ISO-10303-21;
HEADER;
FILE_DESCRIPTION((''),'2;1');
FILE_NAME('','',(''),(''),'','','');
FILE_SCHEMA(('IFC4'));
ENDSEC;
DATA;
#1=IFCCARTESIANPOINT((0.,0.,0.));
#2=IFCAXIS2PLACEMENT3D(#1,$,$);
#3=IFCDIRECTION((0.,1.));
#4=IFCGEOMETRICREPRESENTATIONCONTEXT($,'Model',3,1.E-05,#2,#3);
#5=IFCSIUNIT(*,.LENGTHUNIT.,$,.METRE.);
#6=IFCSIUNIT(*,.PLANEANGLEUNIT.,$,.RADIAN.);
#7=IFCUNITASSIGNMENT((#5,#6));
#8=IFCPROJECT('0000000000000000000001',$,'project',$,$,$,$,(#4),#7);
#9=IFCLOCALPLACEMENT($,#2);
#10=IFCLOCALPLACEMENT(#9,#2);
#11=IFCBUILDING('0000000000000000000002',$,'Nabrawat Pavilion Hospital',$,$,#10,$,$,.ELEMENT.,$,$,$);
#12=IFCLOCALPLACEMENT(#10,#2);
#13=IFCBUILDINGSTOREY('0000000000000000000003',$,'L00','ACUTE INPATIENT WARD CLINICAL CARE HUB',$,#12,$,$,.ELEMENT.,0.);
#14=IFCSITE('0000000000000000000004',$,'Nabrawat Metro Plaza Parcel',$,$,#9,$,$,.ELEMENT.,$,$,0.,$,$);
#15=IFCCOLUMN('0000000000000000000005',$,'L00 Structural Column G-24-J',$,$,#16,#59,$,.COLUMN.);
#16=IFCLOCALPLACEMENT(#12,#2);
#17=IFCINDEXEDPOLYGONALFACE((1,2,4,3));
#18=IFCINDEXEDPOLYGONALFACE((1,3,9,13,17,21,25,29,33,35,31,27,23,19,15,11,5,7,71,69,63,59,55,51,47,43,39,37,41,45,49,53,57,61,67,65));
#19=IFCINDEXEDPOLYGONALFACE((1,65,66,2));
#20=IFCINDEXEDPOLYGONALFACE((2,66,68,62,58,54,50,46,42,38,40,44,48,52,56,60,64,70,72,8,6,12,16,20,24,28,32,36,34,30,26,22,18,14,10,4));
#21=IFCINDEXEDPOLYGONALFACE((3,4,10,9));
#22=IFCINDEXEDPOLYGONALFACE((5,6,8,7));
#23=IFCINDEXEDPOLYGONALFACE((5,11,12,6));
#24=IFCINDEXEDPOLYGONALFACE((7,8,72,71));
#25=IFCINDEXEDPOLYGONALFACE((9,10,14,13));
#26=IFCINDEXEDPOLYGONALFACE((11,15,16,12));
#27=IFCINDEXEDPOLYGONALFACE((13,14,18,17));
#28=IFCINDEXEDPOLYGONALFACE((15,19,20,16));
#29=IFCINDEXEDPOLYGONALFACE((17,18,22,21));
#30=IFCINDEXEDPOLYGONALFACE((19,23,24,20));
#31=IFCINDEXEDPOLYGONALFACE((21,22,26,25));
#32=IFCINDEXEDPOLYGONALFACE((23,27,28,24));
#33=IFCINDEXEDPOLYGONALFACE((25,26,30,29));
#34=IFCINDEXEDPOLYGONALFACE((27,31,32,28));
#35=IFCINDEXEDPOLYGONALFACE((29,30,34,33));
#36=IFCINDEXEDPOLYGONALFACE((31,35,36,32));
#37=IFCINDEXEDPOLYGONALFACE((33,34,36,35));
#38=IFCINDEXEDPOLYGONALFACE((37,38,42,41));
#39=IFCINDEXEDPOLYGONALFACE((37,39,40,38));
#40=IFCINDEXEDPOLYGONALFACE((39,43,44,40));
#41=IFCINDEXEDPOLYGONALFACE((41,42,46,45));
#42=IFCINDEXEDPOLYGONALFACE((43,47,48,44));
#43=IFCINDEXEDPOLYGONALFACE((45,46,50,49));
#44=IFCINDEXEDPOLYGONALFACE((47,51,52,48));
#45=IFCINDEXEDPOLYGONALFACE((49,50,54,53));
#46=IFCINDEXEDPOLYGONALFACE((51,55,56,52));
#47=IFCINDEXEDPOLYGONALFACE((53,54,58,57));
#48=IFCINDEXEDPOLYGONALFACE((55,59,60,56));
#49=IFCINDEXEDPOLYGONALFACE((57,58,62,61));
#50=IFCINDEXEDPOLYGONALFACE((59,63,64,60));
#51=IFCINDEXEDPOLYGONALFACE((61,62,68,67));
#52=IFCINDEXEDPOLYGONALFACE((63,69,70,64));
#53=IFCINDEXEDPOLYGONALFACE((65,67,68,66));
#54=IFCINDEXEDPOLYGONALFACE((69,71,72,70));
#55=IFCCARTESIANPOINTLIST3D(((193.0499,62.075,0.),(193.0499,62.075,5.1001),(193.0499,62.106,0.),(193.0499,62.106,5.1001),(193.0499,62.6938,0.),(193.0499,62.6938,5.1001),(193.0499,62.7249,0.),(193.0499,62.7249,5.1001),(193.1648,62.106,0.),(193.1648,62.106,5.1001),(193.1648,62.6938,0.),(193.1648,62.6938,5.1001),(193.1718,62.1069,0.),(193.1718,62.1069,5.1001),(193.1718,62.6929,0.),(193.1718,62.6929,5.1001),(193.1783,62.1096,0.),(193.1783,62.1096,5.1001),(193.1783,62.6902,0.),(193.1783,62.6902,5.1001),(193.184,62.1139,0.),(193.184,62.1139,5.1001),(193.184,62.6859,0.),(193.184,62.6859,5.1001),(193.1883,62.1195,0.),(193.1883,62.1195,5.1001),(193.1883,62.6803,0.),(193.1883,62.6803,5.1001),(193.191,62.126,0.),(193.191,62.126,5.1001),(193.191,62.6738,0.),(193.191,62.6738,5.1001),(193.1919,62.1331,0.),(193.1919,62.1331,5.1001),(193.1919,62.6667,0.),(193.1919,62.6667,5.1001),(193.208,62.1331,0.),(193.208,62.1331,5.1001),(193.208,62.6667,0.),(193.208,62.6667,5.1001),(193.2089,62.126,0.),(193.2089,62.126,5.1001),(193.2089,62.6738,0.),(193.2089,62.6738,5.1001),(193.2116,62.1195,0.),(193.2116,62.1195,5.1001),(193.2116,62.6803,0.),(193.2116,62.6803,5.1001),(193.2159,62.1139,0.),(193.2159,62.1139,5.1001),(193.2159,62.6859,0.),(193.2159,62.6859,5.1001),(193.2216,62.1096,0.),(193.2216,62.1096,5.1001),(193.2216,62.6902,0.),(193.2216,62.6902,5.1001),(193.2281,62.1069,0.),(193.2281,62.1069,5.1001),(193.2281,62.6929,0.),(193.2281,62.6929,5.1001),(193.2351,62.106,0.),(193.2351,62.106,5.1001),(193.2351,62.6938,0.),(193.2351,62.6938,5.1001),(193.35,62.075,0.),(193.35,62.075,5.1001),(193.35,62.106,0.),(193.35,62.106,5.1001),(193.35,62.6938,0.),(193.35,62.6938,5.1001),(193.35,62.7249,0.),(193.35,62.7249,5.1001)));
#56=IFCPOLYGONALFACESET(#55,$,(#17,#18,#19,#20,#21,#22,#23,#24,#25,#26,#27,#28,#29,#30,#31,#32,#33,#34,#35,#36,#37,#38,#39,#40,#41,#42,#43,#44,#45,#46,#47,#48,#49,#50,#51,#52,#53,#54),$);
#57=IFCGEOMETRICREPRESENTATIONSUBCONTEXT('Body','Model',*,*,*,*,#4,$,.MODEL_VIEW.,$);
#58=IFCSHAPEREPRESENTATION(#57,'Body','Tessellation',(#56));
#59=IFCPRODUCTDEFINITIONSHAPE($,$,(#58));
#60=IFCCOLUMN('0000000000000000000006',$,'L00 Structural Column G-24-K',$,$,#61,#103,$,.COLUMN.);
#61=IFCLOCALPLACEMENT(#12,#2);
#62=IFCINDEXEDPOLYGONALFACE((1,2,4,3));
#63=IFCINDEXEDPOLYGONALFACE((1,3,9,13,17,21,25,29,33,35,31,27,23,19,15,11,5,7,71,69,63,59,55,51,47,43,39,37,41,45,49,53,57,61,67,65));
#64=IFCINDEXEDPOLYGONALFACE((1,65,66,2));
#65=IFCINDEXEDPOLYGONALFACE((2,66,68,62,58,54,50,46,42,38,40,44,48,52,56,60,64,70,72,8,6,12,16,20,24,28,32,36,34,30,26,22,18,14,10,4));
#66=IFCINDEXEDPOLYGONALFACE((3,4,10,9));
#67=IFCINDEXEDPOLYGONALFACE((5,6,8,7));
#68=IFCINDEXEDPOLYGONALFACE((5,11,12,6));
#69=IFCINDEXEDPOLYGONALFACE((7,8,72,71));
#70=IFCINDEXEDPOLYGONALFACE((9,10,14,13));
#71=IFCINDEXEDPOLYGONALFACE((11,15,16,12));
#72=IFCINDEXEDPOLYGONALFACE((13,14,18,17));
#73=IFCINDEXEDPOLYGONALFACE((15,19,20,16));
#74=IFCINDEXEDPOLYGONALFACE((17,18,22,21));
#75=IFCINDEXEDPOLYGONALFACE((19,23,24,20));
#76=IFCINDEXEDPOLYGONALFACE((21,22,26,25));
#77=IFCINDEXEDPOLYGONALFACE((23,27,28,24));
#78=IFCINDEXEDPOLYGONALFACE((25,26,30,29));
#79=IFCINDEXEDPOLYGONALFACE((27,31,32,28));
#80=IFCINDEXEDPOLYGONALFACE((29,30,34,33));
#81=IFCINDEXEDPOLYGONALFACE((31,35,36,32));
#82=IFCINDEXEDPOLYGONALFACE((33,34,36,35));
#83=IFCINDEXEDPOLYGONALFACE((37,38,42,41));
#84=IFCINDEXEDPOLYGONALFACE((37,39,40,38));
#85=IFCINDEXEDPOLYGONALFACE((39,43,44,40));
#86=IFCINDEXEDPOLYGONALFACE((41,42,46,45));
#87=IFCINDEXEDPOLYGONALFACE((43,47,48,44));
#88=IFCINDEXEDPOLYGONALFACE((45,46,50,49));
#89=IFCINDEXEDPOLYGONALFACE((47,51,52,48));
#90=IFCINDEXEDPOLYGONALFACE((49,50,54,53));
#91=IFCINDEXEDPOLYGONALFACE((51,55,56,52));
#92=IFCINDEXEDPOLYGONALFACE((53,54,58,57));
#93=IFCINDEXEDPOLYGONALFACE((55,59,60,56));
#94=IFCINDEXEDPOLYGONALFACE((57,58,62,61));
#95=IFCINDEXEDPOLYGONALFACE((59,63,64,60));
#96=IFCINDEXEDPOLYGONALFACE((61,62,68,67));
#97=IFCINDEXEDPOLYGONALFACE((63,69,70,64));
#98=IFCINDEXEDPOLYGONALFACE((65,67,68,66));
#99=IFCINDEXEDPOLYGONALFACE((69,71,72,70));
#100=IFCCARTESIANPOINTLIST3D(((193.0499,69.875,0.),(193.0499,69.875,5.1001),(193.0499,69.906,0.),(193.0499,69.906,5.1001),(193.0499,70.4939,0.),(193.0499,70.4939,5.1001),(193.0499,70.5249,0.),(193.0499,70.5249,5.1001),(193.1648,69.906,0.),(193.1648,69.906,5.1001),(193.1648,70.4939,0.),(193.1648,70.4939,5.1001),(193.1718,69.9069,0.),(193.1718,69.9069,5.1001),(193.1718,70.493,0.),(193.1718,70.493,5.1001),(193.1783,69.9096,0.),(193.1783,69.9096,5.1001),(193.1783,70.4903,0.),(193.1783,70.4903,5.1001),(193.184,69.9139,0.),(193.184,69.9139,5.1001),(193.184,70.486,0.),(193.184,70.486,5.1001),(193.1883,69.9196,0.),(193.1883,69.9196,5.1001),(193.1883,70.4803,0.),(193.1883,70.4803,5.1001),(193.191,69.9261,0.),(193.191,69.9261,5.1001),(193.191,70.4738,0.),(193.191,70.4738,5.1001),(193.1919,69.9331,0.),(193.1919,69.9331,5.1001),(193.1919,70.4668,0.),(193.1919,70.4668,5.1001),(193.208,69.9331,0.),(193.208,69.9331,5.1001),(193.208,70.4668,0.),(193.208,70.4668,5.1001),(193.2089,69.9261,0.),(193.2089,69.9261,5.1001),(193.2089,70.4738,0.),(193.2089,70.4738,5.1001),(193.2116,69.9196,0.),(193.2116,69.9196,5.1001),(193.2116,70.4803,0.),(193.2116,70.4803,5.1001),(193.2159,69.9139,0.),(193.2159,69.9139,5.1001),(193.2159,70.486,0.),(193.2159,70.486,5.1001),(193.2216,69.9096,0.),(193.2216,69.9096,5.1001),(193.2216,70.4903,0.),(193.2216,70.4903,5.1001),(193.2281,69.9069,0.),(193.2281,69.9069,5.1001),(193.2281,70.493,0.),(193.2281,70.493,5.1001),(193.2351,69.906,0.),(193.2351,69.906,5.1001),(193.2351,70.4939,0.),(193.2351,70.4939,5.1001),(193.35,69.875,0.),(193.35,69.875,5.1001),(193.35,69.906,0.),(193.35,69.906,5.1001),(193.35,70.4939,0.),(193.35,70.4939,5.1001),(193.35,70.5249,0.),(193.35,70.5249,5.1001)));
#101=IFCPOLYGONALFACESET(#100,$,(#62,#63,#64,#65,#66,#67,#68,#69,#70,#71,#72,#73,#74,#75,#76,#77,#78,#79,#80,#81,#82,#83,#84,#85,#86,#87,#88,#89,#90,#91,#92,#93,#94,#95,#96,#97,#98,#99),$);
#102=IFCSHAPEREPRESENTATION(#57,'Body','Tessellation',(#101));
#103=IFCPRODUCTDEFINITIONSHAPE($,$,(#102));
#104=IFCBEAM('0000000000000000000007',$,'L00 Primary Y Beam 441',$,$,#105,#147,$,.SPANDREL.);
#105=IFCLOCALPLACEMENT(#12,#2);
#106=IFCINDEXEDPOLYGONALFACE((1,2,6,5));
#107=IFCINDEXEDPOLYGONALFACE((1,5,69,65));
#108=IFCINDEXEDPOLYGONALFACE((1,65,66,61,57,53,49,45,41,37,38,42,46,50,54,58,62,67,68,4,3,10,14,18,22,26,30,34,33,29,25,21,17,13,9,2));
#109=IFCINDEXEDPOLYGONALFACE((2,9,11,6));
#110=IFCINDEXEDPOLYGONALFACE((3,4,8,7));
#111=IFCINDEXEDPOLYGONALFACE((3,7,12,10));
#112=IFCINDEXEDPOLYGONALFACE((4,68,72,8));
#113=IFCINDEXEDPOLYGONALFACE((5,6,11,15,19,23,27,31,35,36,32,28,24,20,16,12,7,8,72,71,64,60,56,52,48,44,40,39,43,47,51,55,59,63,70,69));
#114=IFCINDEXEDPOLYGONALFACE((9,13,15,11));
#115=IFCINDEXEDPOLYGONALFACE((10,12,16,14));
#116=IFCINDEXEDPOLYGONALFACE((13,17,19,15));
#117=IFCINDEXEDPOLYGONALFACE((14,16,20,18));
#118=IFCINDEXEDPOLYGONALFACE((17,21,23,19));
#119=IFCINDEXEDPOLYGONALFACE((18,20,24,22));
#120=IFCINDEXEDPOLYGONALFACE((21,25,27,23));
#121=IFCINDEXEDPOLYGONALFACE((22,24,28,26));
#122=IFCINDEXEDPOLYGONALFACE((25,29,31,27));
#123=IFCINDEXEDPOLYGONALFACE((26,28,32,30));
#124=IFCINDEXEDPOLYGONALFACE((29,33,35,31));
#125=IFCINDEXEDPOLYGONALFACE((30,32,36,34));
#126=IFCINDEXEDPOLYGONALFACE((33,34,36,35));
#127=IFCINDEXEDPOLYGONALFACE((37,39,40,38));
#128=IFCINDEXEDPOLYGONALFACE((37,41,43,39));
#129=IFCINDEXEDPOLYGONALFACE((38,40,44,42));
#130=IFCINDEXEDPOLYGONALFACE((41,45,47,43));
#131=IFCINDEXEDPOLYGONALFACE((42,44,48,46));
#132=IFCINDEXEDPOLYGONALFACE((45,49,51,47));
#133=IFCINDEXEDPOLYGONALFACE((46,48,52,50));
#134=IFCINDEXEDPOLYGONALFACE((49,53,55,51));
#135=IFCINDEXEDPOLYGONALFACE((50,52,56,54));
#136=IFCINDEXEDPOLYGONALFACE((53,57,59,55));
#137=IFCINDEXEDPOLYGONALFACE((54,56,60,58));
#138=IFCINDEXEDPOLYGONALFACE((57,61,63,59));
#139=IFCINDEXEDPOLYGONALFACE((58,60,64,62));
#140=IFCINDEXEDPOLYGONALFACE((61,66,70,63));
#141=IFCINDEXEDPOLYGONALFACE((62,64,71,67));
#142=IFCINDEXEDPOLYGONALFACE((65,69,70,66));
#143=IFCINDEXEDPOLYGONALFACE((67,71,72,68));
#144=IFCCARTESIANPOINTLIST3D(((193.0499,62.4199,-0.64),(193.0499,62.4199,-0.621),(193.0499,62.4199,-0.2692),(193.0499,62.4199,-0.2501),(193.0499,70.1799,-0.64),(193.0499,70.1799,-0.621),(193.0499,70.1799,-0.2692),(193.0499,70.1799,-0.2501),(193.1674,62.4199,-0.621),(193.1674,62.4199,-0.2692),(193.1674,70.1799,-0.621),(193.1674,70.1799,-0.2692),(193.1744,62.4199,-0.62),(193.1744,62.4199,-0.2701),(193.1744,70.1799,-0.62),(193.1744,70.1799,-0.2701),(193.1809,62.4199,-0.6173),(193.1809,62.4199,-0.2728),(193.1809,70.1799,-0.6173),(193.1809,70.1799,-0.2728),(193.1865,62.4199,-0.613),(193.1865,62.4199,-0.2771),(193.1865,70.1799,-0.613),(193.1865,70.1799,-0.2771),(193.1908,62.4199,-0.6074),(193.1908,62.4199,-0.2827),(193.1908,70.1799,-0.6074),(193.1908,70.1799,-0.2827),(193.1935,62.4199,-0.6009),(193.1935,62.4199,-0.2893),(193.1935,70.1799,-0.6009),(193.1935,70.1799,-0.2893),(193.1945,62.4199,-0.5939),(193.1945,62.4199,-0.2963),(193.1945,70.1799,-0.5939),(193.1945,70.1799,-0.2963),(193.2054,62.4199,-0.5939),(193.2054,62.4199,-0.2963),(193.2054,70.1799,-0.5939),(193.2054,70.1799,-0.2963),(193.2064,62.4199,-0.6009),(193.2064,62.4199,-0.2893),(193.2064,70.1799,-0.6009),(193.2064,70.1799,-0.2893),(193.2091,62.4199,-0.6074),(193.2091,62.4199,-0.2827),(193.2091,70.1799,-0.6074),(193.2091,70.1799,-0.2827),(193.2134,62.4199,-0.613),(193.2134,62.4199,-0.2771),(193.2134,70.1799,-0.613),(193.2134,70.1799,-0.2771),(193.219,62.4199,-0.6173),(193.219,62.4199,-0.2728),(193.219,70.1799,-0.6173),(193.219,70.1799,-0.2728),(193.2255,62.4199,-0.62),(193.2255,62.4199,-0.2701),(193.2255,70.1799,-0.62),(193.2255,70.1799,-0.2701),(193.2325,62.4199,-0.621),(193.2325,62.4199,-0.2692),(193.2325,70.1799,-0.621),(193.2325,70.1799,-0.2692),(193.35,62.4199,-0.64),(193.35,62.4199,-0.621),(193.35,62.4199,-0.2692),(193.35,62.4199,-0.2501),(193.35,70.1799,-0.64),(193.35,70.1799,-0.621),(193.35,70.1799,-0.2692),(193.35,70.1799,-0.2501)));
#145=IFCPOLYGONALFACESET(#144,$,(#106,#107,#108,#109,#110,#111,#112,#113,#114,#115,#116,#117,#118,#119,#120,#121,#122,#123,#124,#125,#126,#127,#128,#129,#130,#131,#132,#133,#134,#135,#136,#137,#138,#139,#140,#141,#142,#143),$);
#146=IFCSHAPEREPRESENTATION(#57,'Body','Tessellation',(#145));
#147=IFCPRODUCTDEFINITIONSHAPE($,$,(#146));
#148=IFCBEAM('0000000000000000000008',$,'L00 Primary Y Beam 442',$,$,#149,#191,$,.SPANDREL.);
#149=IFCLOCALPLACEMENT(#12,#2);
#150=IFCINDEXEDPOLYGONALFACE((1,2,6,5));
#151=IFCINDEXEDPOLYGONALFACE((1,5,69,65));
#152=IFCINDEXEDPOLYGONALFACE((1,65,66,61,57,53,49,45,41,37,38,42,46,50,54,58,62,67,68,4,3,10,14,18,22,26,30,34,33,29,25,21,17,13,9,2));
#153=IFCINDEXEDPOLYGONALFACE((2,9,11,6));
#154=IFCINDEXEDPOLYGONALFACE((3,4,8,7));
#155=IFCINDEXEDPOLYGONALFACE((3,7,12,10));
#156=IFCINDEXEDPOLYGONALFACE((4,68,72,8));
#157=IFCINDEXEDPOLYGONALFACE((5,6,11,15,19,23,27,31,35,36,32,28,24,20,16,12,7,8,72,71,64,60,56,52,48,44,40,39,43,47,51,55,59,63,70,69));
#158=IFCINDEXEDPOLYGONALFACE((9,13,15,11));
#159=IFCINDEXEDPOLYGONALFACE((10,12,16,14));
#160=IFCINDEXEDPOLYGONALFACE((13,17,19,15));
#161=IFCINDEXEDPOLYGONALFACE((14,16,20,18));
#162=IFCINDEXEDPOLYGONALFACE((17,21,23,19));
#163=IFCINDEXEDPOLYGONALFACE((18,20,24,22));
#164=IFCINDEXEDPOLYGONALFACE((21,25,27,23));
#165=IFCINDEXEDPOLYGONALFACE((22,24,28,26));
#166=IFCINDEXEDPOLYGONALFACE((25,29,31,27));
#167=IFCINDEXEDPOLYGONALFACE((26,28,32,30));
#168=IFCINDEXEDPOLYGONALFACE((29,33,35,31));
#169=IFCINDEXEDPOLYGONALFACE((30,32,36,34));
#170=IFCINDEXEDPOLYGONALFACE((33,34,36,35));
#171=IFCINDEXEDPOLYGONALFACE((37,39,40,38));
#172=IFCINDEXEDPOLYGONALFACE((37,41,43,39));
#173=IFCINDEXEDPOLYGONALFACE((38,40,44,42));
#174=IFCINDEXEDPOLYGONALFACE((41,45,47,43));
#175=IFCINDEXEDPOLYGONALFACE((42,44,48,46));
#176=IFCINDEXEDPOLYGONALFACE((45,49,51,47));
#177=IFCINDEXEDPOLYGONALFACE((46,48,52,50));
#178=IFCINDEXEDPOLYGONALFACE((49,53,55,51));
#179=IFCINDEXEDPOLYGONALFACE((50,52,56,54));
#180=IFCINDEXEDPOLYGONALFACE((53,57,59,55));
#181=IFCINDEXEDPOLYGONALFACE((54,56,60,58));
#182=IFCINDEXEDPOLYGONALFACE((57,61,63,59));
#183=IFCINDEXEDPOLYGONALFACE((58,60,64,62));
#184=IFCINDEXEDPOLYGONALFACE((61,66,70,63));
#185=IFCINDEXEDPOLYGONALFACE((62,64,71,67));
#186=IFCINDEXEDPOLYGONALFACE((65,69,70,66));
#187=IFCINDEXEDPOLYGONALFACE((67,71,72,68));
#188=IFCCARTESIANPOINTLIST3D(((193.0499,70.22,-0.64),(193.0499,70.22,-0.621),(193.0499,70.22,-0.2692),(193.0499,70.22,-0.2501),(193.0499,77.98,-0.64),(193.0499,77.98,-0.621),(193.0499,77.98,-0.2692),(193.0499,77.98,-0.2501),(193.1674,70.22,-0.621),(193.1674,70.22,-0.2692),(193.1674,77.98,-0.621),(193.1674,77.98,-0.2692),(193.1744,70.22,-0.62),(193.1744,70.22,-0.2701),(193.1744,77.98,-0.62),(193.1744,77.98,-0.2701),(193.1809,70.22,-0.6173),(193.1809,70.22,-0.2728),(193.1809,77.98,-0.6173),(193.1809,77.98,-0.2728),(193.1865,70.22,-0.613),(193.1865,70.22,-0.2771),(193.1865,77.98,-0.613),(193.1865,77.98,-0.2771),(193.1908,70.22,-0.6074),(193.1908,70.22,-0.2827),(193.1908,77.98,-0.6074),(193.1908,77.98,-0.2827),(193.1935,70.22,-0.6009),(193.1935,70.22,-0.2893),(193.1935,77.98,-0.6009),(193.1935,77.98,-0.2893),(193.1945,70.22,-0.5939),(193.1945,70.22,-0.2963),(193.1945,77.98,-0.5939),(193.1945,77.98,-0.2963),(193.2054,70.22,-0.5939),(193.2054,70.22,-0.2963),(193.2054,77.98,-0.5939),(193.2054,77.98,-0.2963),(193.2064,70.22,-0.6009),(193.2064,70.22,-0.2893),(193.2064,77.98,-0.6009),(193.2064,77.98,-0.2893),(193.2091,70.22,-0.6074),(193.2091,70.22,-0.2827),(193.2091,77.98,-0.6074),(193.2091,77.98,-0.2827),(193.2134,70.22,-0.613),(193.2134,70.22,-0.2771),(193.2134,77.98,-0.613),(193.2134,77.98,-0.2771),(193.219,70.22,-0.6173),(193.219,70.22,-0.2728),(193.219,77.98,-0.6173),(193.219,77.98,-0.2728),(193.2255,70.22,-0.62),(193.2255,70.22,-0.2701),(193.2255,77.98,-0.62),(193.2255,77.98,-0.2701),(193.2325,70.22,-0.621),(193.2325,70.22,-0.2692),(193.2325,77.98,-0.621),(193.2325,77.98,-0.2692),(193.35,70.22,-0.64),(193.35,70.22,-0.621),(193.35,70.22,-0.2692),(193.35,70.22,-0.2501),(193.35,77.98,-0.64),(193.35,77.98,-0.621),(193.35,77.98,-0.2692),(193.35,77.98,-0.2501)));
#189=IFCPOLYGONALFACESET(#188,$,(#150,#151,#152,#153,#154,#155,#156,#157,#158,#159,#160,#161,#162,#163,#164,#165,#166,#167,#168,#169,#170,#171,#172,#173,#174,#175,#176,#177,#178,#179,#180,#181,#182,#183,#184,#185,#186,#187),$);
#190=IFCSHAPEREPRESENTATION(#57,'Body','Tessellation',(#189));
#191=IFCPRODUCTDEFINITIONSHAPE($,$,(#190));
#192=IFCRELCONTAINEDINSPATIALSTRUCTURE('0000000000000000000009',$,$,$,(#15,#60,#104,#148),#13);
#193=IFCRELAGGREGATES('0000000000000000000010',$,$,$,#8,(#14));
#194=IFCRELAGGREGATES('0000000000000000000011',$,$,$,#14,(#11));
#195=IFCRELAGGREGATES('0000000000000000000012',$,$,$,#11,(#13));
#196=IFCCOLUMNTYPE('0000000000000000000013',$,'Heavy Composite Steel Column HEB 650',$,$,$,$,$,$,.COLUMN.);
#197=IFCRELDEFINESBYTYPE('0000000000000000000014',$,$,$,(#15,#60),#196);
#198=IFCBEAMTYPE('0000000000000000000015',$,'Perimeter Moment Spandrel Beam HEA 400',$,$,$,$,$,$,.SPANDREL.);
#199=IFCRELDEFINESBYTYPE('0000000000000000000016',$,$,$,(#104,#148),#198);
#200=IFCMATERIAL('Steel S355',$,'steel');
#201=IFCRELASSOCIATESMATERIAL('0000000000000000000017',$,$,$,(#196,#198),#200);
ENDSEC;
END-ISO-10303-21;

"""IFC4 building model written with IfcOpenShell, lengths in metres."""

from ifc_helpers import new_model, si_unit, direction, frame, origin, origin_2d, place, context, subcontext, project, spatial, i_section, extrude, material, material_profile, profile_set, type_object, element, save


model = new_model("IFC4")

# Units and contexts
model_context = context("Model", 3, precision=1e-05, world=origin(), true_north=direction((0.0, 1.0)))
body_context = subcontext(model_context, "Body", "Model", "MODEL_VIEW")
ifc_project = project(units=[si_unit("LENGTHUNIT", "METRE"), si_unit("PLANEANGLEUNIT", "RADIAN")], contexts=[model_context])

# Site, building, storey
site_placement = place(None, origin())
site = spatial("IfcSite", under=ifc_project, at=site_placement, Name="Nabrawat Metro Plaza Parcel", CompositionType="ELEMENT", RefElevation=0.0)
building_placement = place(site_placement, origin())
building = spatial("IfcBuilding", under=site, at=building_placement, Name="Nabrawat Pavilion Hospital", CompositionType="ELEMENT")
storey_placement = place(building_placement, origin())
storey = spatial("IfcBuildingStorey", under=building, at=storey_placement, Name="L00", Description="ACUTE INPATIENT WARD CLINICAL CARE HUB", CompositionType="ELEMENT", Elevation=0.0)

# Columns
ifc_material_1 = material(Name="Steel S355", Category="steel")
ifc_material_profile_1 = material_profile(ifc_material_1, i_section(OverallWidth=0.3, OverallDepth=0.6499, WebThickness=0.0161, FlangeThickness=0.031, FilletRadius=0.0271, at=origin_2d()), Name="HEB 650")
ifc_profile_set_1 = profile_set([ifc_material_profile_1], Name="Steel S355")
column_type = type_object("IfcColumnType", Name="Heavy Composite Steel Column HEB 650", PredefinedType="COLUMN", material=ifc_profile_set_1)
for number, where, z_axis, x_axis, name in (
    (1, (193.2, 62.3999, 0.0), (0.0, 0.0, 1.0), (1.0, 0.0, 0.0), "L00 Structural Column G-24-J"),
    (2, (193.2, 70.2, 0.0), (0.0, 0.0, 1.0), (1.0, 0.0, 0.0), "L00 Structural Column G-24-K"),
):
    element("IfcColumn", number, at=place(storey_placement, frame(where, z_axis=z_axis, x_axis=x_axis)), inside=storey, type_object=column_type, Name=name, PredefinedType="COLUMN", context=body_context, shape_type="SweptSolid", body=[
        extrude(i_section(OverallWidth=0.3, OverallDepth=0.6499, WebThickness=0.0161, FlangeThickness=0.031, FilletRadius=0.0271, at=origin_2d()), origin(), (0.0, 0.0, 1.0), 5.1001),
    ])

# Beams
ifc_material_profile_2 = material_profile(ifc_material_1, i_section(OverallWidth=0.3, OverallDepth=0.3899, WebThickness=0.011, FlangeThickness=0.019, FilletRadius=0.0271, at=origin_2d()), Name="HEA 400")
ifc_profile_set_2 = profile_set([ifc_material_profile_2], Name="Steel S355")
beam_type_1 = type_object("IfcBeamType", Name="Perimeter Moment Spandrel Beam HEA 400", PredefinedType="SPANDREL", material=ifc_profile_set_2)
for number, where, z_axis, x_axis, name in (
    (3, (193.2, 62.4199, -0.4451), (0.0, 1.0, 0.0), (-1.0, 0.0, 0.0), "L00 Primary Y Beam 441"),
    (4, (193.2, 70.22, -0.4451), (0.0, 1.0, 0.0), (-1.0, 0.0, 0.0), "L00 Primary Y Beam 442"),
):
    element("IfcBeam", number, at=place(storey_placement, frame(where, z_axis=z_axis, x_axis=x_axis)), inside=storey, type_object=beam_type_1, Name=name, PredefinedType="SPANDREL", context=body_context, shape_type="SweptSolid", body=[
        extrude(i_section(OverallWidth=0.3, OverallDepth=0.3899, WebThickness=0.011, FlangeThickness=0.019, FilletRadius=0.0271, at=origin_2d()), origin(), (0.0, 0.0, 1.0), 7.76),
    ])

save(model, "model.ifc")
